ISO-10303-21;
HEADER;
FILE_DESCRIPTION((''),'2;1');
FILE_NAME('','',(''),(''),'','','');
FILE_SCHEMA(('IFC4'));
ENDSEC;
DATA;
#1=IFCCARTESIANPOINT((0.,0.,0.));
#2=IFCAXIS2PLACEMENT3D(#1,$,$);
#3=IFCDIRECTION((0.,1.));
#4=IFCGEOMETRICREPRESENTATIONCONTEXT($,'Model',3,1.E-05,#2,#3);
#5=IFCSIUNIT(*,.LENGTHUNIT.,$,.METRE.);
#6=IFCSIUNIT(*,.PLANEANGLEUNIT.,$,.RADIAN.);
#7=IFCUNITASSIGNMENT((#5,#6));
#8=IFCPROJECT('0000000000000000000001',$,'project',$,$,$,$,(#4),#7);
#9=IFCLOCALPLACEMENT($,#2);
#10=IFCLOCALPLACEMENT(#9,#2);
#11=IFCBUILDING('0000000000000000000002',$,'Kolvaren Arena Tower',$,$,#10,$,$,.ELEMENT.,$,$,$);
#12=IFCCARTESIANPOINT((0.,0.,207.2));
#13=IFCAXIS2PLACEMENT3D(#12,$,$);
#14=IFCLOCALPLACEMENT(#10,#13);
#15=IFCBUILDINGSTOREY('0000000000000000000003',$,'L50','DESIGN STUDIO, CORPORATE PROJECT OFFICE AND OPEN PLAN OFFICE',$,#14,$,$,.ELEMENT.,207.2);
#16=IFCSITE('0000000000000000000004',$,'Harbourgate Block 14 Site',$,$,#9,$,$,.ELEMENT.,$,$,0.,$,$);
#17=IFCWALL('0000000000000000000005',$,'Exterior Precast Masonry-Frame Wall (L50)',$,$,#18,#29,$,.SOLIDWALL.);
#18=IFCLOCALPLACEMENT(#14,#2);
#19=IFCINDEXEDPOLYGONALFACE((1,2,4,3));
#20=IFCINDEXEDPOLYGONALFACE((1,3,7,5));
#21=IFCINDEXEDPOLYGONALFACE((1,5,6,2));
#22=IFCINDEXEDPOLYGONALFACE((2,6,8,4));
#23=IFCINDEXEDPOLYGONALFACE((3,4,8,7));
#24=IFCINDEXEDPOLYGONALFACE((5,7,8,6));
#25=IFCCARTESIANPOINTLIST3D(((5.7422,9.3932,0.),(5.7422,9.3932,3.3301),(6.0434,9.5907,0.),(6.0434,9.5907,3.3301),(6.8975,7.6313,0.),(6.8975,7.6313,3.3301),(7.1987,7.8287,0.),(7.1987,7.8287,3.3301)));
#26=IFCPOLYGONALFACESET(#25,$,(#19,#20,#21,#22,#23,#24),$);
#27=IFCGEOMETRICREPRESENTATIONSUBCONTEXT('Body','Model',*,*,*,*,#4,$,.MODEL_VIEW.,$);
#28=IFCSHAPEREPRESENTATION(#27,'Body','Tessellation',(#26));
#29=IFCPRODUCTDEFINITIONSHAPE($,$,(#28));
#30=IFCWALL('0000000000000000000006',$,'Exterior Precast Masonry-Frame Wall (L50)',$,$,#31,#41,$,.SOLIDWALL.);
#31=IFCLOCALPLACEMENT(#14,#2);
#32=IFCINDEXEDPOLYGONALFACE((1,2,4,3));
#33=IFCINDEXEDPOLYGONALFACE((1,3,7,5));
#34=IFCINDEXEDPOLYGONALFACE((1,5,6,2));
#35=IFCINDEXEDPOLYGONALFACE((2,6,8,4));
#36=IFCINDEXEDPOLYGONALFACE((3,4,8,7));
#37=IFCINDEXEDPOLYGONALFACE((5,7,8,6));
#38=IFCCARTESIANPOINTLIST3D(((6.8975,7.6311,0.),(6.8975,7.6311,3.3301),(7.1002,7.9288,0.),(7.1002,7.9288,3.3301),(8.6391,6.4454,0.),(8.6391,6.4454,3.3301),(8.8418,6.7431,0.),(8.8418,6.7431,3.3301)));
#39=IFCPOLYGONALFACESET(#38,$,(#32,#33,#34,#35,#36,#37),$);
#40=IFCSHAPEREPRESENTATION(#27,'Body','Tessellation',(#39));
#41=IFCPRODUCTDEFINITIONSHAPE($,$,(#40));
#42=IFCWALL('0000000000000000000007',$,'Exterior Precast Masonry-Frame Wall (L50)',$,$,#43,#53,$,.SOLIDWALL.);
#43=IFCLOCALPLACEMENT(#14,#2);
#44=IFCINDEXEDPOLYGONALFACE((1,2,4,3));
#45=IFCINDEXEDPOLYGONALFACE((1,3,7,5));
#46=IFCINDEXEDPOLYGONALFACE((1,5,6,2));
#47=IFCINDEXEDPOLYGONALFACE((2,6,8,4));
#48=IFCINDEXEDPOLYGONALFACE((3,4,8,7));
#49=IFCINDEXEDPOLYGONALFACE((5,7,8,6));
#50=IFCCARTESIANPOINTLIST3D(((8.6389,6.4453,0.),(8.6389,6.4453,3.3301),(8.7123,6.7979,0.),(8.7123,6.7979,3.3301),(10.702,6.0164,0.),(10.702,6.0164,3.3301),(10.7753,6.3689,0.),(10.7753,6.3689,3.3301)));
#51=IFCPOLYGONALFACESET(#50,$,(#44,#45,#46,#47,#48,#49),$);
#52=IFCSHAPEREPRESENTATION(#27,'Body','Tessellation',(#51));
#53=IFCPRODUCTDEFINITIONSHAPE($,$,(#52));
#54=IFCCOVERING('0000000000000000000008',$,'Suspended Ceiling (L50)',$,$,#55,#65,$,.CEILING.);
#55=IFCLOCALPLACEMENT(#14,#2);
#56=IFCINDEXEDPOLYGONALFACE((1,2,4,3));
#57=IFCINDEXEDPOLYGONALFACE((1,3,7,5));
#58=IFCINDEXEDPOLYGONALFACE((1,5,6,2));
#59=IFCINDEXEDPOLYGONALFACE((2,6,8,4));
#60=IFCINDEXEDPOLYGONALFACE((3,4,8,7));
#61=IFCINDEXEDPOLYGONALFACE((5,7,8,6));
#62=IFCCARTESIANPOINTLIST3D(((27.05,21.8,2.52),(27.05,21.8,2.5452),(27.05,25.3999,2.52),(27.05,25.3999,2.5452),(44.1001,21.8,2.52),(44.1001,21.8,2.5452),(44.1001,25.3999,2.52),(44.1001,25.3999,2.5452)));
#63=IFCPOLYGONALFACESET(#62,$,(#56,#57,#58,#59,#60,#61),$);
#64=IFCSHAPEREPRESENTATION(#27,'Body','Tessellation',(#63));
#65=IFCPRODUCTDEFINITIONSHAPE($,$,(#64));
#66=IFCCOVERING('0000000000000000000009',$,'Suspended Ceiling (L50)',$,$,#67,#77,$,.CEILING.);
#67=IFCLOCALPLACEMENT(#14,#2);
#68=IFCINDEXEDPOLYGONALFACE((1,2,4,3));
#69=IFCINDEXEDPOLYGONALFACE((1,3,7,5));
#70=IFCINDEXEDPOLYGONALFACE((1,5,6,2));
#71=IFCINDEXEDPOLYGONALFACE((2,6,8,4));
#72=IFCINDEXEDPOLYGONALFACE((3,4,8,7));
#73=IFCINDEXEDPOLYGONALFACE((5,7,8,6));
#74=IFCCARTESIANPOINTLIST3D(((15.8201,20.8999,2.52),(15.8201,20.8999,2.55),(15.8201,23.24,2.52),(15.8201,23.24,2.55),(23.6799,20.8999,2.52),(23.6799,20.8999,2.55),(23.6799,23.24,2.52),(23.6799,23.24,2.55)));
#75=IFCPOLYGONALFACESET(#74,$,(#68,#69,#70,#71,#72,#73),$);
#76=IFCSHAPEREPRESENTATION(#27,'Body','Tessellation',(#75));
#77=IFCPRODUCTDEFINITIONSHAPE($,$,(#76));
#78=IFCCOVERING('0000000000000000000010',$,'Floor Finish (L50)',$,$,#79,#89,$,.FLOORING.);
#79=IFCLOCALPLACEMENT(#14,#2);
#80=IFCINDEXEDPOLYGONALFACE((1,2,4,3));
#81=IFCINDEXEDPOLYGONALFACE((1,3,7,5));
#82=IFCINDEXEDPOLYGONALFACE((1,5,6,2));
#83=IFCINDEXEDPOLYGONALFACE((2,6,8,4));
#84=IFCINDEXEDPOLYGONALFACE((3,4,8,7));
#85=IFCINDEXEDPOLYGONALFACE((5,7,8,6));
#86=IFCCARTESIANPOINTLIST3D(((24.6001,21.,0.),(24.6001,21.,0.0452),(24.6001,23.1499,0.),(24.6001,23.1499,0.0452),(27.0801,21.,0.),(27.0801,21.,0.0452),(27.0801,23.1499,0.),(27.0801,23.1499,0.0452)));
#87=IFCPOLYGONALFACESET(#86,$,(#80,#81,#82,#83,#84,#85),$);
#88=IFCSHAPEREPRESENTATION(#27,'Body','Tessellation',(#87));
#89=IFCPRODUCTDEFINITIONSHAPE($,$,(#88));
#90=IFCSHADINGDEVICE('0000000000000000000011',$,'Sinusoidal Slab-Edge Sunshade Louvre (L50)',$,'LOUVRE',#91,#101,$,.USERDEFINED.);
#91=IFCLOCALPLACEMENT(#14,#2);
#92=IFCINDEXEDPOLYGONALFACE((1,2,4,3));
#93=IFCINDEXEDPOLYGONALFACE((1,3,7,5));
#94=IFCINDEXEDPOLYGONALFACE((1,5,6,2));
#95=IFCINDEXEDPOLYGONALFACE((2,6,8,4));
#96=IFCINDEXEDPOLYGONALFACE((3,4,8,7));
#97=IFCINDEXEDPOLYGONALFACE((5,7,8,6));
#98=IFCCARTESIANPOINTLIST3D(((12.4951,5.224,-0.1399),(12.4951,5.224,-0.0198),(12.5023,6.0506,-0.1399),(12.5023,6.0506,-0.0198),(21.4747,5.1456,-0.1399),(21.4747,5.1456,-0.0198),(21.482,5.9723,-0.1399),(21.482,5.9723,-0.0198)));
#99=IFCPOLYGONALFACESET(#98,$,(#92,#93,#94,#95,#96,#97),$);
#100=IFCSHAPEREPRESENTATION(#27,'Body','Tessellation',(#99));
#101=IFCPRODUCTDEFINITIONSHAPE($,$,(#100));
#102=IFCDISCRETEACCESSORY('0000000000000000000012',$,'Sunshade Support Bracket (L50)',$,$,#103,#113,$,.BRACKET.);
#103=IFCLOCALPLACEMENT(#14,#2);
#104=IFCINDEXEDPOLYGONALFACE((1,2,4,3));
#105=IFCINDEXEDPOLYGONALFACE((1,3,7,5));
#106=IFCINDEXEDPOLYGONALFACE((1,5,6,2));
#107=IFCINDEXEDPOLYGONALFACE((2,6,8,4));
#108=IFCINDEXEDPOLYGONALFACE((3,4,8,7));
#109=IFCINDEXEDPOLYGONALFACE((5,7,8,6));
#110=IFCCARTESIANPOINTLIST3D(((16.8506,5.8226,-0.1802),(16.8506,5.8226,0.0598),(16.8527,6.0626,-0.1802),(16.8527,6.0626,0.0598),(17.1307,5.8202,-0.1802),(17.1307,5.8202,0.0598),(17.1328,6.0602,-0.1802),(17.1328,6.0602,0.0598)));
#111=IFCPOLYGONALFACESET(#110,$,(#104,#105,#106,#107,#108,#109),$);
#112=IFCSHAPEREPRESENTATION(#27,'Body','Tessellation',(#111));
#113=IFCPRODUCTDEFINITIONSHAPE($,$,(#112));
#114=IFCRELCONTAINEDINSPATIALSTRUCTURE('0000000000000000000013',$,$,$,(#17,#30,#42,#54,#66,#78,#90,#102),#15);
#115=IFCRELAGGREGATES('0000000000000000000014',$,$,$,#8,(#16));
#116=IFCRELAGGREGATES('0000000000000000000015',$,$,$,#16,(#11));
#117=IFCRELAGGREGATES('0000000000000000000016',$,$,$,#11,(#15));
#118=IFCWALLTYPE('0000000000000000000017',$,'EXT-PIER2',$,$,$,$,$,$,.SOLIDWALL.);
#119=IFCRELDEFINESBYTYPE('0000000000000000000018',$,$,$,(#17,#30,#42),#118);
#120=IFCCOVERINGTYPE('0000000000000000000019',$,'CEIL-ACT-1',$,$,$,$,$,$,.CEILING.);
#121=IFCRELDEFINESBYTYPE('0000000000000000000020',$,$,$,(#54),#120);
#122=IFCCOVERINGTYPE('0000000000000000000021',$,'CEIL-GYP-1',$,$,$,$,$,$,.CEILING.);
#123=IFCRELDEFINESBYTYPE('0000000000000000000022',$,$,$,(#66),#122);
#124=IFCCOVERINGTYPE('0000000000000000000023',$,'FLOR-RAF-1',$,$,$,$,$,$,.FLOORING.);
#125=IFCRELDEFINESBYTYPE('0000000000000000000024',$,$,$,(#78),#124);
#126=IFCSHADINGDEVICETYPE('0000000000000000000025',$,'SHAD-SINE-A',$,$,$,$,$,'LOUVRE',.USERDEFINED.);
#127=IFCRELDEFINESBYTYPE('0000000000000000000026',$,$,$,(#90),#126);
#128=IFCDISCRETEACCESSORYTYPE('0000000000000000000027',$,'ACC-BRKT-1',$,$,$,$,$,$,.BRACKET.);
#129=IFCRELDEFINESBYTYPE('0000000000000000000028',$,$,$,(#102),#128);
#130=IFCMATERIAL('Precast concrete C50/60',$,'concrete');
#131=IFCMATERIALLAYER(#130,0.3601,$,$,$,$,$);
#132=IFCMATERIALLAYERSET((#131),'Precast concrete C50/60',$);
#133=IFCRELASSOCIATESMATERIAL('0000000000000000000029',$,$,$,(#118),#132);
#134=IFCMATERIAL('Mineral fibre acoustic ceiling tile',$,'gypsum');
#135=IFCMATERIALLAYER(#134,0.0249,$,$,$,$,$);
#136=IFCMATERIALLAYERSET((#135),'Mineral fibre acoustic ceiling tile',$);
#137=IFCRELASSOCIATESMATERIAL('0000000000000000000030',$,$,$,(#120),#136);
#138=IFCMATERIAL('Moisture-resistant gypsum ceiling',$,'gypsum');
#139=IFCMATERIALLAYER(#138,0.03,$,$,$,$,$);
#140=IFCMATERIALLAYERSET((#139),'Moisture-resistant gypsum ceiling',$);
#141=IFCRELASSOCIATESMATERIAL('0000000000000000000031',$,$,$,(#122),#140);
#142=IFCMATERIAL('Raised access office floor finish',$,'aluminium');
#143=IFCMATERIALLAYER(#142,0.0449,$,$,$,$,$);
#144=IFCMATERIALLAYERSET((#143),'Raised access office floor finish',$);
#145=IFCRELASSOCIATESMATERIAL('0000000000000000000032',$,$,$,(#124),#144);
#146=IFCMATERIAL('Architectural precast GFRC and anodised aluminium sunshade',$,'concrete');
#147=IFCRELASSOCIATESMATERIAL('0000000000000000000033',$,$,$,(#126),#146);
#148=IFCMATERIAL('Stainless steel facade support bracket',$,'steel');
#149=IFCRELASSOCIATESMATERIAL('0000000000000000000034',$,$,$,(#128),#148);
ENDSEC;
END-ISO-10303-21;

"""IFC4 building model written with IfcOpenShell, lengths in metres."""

from ifc_helpers import new_model, si_unit, direction, frame, frame_2d, origin, origin_2d, place, context, subcontext, project, spatial, polyline, rectangle, outline, extrude, material, layer, layer_set, type_object, element, save


model = new_model("IFC4")

# Units and contexts
model_context = context("Model", 3, precision=1e-05, world=origin(), true_north=direction((0.0, 1.0)))
body_context = subcontext(model_context, "Body", "Model", "MODEL_VIEW")
ifc_project = project(units=[si_unit("LENGTHUNIT", "METRE"), si_unit("PLANEANGLEUNIT", "RADIAN")], contexts=[model_context])

# Site, building, storey
site_placement = place(None, origin())
site = spatial("IfcSite", under=ifc_project, at=site_placement, Name="Harbourgate Block 14 Site", CompositionType="ELEMENT", RefElevation=0.0)
building_placement = place(site_placement, origin())
building = spatial("IfcBuilding", under=site, at=building_placement, Name="Kolvaren Arena Tower", CompositionType="ELEMENT")
storey_placement = place(building_placement, frame((0.0, 0.0, 207.2)))
storey = spatial("IfcBuildingStorey", under=building, at=storey_placement, Name="L50", Description="DESIGN STUDIO, CORPORATE PROJECT OFFICE AND OPEN PLAN OFFICE", CompositionType="ELEMENT", Elevation=207.2)

# Walls
ifc_material_1 = material(Name="Precast concrete C50/60", Category="concrete")
ifc_layer_1 = layer(ifc_material_1, 0.3601)
ifc_layer_set_1 = layer_set([ifc_layer_1], Name="Precast concrete C50/60")
wall_type = type_object("IfcWallType", Name="EXT-PIER2", PredefinedType="SOLIDWALL", material=ifc_layer_set_1)
for number, where, z_axis, x_axis, name in (
    (1, (7.0481, 7.73, 0.0), (0.0, 0.0, 1.0), (-0.54832, 0.836269, 0.0), "Exterior Precast Masonry-Frame Wall (L50)"),
    (2, (8.7405, 6.5942, 0.0), (0.0, 0.0, 1.0), (-0.82661, 0.562776, 0.0), "Exterior Precast Masonry-Frame Wall (L50)"),
):
    element("IfcWall", number, at=place(storey_placement, frame(where, z_axis=z_axis, x_axis=x_axis)), inside=storey, type_object=wall_type, Name=name, PredefinedType="SOLIDWALL", context=body_context, shape_type="SweptSolid", body=[
        extrude(rectangle(XDim=2.1069, YDim=0.3601, at=frame_2d((1.0535, 0.0))), origin(), (0.0, 0.0, 1.0), 3.3301),
    ])
wall_placement = place(storey_placement, frame((10.7388, 6.1926, 0.0), z_axis=(0.0, 0.0, 1.0), x_axis=(-0.979059, 0.203575, 0.0)))
element("IfcWall", 3, at=wall_placement, inside=storey, type_object=wall_type, Name="Exterior Precast Masonry-Frame Wall (L50)", PredefinedType="SOLIDWALL", context=body_context, shape_type="SweptSolid", body=[
    extrude(rectangle(XDim=2.1072, YDim=0.3601, at=frame_2d((1.0537, 0.0))), origin(), (0.0, 0.0, 1.0), 3.3301),
])

# Coverings
ifc_material_2 = material(Name="Mineral fibre acoustic ceiling tile", Category="gypsum")
ifc_layer_2 = layer(ifc_material_2, 0.0249)
ifc_layer_set_2 = layer_set([ifc_layer_2], Name="Mineral fibre acoustic ceiling tile")
covering_type_1 = type_object("IfcCoveringType", Name="CEIL-ACT-1", PredefinedType="CEILING", material=ifc_layer_set_2)
covering_1_placement = place(storey_placement, frame((0.0, 0.0, 2.52)))
element("IfcCovering", 4, at=covering_1_placement, inside=storey, type_object=covering_type_1, Name="Suspended Ceiling (L50)", PredefinedType="CEILING", context=body_context, shape_type="SweptSolid", body=[
    extrude(outline(polyline([(27.05, 21.8), (27.05, 25.3999), (44.1001, 25.3999), (44.1001, 21.8), (27.05, 21.8)])), origin(), (0.0, 0.0, 1.0), 0.0251),
])
ifc_material_3 = material(Name="Moisture-resistant gypsum ceiling", Category="gypsum")
ifc_layer_3 = layer(ifc_material_3, 0.03)
ifc_layer_set_3 = layer_set([ifc_layer_3], Name="Moisture-resistant gypsum ceiling")
covering_type_2 = type_object("IfcCoveringType", Name="CEIL-GYP-1", PredefinedType="CEILING", material=ifc_layer_set_3)
covering_2_placement = place(storey_placement, frame((0.0, 0.0, 2.52)))
element("IfcCovering", 5, at=covering_2_placement, inside=storey, type_object=covering_type_2, Name="Suspended Ceiling (L50)", PredefinedType="CEILING", context=body_context, shape_type="SweptSolid", body=[
    extrude(outline(polyline([(15.8201, 20.8999), (15.8201, 23.24), (23.6799, 23.24), (23.6799, 20.8999), (15.8201, 20.8999)])), origin(), (0.0, 0.0, 1.0), 0.03),
])
ifc_material_4 = material(Name="Raised access office floor finish", Category="aluminium")
ifc_layer_4 = layer(ifc_material_4, 0.0449)
ifc_layer_set_4 = layer_set([ifc_layer_4], Name="Raised access office floor finish")
covering_type_3 = type_object("IfcCoveringType", Name="FLOR-RAF-1", PredefinedType="FLOORING", material=ifc_layer_set_4)
covering_3_placement = place(storey_placement, origin())
element("IfcCovering", 6, at=covering_3_placement, inside=storey, type_object=covering_type_3, Name="Floor Finish (L50)", PredefinedType="FLOORING", context=body_context, shape_type="SweptSolid", body=[
    extrude(outline(polyline([(24.6001, 21.0), (24.6001, 23.1499), (27.0801, 23.1499), (27.0801, 21.0), (24.6001, 21.0)])), origin(), (0.0, 0.0, 1.0), 0.0452),
])

# Shading device
ifc_material_5 = material(Name="Architectural precast GFRC and anodised aluminium sunshade", Category="concrete")
shading_device_type = type_object("IfcShadingDeviceType", Name="SHAD-SINE-A", ElementType="LOUVRE", PredefinedType="USERDEFINED", material=ifc_material_5)
shading_device_placement = place(storey_placement, frame((16.9885, 5.5981, -0.1399), z_axis=(0.0, 0.0, 1.0), x_axis=(-0.999962, 0.008727, 0.0)))
element("IfcShadingDevice", 7, at=shading_device_placement, inside=storey, type_object=shading_device_type, Name="Sinusoidal Slab-Edge Sunshade Louvre (L50)", ObjectType="LOUVRE", PredefinedType="USERDEFINED", context=body_context, shape_type="SweptSolid", body=[
    extrude(rectangle(XDim=8.98, YDim=0.8267, at=origin_2d()), origin(), (0.0, 0.0, 1.0), 0.1201),
])

# Discrete accessory
ifc_material_6 = material(Name="Stainless steel facade support bracket", Category="steel")
discrete_accessory_type = type_object("IfcDiscreteAccessoryType", Name="ACC-BRKT-1", PredefinedType="BRACKET", material=ifc_material_6)
discrete_accessory_placement = place(storey_placement, frame((16.9917, 5.9414, -0.1802), z_axis=(0.0, 0.0, 1.0), x_axis=(-0.999962, 0.008727, 0.0)))
element("IfcDiscreteAccessory", 8, at=discrete_accessory_placement, inside=storey, type_object=discrete_accessory_type, Name="Sunshade Support Bracket (L50)", PredefinedType="BRACKET", context=body_context, shape_type="SweptSolid", body=[
    extrude(rectangle(XDim=0.28, YDim=0.24, at=origin_2d()), origin(), (0.0, 0.0, 1.0), 0.24),
])

save(model, "model.ifc")
